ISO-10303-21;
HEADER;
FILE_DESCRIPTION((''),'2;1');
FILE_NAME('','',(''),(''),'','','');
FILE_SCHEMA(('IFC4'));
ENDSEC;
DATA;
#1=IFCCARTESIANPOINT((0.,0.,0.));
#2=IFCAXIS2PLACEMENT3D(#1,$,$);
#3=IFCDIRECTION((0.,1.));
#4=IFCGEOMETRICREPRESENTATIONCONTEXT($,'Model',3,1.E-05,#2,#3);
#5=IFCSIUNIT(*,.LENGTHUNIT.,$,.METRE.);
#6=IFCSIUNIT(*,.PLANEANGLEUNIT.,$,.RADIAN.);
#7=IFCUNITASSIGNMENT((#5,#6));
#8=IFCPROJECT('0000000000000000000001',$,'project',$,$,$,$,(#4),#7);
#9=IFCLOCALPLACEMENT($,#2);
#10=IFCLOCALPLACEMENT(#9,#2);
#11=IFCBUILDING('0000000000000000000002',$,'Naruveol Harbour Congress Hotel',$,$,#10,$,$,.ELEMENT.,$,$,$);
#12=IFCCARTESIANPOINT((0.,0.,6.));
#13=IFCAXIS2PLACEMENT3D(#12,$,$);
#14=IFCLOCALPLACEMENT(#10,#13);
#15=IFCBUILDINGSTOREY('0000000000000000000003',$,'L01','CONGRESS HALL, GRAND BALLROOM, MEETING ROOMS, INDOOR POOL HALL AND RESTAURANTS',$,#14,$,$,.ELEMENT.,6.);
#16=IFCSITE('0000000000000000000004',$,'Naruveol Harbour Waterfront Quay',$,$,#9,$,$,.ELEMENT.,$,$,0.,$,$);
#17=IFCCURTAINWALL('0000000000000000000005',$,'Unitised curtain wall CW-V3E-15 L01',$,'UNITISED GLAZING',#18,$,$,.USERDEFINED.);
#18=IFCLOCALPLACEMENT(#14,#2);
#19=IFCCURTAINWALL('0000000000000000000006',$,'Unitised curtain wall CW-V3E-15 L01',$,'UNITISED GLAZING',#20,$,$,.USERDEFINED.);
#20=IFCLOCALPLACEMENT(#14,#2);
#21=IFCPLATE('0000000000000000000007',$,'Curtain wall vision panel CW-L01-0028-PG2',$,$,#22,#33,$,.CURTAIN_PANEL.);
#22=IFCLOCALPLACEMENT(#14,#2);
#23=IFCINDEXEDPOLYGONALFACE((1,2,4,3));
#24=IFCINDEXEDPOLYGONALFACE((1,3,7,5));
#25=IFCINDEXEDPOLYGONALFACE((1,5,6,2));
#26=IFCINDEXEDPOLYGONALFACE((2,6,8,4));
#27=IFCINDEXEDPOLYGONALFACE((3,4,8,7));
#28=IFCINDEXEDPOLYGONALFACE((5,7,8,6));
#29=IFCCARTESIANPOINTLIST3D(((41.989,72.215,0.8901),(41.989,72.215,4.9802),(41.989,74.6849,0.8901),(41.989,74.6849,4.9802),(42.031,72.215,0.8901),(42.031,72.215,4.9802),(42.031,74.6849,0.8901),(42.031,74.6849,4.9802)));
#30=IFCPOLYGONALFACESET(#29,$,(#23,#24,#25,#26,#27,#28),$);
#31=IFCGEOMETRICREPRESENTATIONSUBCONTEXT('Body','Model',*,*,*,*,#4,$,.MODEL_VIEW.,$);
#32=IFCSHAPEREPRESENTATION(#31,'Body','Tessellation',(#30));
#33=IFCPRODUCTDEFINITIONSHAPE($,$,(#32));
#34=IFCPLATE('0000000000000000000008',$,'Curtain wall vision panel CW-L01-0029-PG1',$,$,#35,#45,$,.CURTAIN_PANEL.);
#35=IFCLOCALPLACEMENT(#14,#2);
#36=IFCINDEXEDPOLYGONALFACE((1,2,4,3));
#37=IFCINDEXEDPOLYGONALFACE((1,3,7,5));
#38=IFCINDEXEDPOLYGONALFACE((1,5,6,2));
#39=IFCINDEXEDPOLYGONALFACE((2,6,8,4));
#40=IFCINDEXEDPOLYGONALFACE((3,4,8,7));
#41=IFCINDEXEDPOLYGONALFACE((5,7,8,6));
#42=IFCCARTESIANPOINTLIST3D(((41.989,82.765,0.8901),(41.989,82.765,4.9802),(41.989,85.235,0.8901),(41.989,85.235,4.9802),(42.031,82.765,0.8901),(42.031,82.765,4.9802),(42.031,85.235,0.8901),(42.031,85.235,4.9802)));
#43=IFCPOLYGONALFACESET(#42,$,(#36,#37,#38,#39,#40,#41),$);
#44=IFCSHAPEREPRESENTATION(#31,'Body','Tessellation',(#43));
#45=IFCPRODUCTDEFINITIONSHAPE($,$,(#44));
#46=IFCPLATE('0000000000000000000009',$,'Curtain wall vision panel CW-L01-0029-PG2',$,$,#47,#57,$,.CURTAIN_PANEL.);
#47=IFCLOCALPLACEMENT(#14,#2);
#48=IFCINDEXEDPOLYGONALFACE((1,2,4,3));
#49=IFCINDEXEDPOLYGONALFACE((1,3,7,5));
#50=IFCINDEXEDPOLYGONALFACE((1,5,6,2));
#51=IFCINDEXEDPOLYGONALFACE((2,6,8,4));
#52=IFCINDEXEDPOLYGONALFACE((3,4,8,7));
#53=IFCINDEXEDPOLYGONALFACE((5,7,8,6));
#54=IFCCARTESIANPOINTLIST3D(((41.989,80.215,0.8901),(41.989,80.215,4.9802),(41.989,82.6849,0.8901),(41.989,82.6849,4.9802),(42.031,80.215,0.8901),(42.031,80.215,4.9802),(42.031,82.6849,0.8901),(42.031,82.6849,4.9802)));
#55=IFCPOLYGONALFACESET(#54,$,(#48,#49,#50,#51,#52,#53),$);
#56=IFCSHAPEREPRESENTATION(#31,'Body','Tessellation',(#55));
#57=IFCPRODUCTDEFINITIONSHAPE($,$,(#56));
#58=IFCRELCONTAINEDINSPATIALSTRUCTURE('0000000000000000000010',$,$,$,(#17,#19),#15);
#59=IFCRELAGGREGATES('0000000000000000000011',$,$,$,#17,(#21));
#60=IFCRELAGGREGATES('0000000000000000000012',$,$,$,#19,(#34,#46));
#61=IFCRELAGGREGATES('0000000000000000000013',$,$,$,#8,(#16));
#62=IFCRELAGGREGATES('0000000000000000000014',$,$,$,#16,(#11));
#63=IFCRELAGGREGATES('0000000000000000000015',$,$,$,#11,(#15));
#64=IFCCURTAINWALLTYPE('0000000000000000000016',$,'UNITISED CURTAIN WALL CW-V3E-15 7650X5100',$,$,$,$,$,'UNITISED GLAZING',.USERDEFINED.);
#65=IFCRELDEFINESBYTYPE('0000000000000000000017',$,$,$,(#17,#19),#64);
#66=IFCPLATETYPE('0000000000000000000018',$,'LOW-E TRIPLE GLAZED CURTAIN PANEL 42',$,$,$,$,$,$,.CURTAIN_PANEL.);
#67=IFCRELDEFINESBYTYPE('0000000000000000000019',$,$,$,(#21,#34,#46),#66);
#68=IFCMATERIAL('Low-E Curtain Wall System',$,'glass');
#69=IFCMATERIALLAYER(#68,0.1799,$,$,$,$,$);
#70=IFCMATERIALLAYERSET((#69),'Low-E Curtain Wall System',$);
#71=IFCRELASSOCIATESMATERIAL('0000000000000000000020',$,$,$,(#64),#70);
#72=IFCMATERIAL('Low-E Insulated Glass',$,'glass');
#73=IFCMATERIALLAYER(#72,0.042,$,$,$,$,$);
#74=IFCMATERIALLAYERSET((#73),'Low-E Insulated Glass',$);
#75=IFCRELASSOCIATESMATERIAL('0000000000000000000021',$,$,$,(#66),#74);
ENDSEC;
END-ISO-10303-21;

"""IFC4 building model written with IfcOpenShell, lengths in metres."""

from ifc_helpers import new_model, si_unit, direction, frame, origin, origin_2d, place, context, subcontext, project, spatial, rectangle, extrude, material, layer, layer_set, type_object, element, aggregate, save


model = new_model("IFC4")

# Units and contexts
model_context = context("Model", 3, precision=1e-05, world=origin(), true_north=direction((0.0, 1.0)))
body_context = subcontext(model_context, "Body", "Model", "MODEL_VIEW")
ifc_project = project(units=[si_unit("LENGTHUNIT", "METRE"), si_unit("PLANEANGLEUNIT", "RADIAN")], contexts=[model_context])

# Site, building, storey
site_placement = place(None, origin())
site = spatial("IfcSite", under=ifc_project, at=site_placement, Name="Naruveol Harbour Waterfront Quay", CompositionType="ELEMENT", RefElevation=0.0)
building_placement = place(site_placement, origin())
building = spatial("IfcBuilding", under=site, at=building_placement, Name="Naruveol Harbour Congress Hotel", CompositionType="ELEMENT")
storey_placement = place(building_placement, frame((0.0, 0.0, 6.0)))
storey = spatial("IfcBuildingStorey", under=building, at=storey_placement, Name="L01", Description="CONGRESS HALL, GRAND BALLROOM, MEETING ROOMS, INDOOR POOL HALL AND RESTAURANTS", CompositionType="ELEMENT", Elevation=6.0)

# Curtain walls
ifc_material_1 = material(Name="Low-E Curtain Wall System", Category="glass")
ifc_layer_1 = layer(ifc_material_1, 0.1799)
ifc_layer_set_1 = layer_set([ifc_layer_1], Name="Low-E Curtain Wall System")
curtain_wall_type_1 = type_object("IfcCurtainWallType", Name="UNITISED CURTAIN WALL CW-V3E-15 7650X5100", ElementType="UNITISED GLAZING", PredefinedType="USERDEFINED", material=ifc_layer_set_1)
curtain_wall_1_placement = place(storey_placement, origin())
curtain_wall_1 = element("IfcCurtainWall", 1, at=curtain_wall_1_placement, inside=storey, type_object=curtain_wall_type_1, Name="Unitised curtain wall CW-V3E-15 L01", ObjectType="UNITISED GLAZING", PredefinedType="USERDEFINED")
curtain_wall_2_placement = place(storey_placement, origin())
curtain_wall_2 = element("IfcCurtainWall", 2, at=curtain_wall_2_placement, inside=storey, type_object=curtain_wall_type_1, Name="Unitised curtain wall CW-V3E-15 L01", ObjectType="UNITISED GLAZING", PredefinedType="USERDEFINED")

# Plates
ifc_material_2 = material(Name="Low-E Insulated Glass", Category="glass")
ifc_layer_2 = layer(ifc_material_2, 0.042)
ifc_layer_set_2 = layer_set([ifc_layer_2], Name="Low-E Insulated Glass")
plate_type_1 = type_object("IfcPlateType", Name="LOW-E TRIPLE GLAZED CURTAIN PANEL 42", PredefinedType="CURTAIN_PANEL", material=ifc_layer_set_2)
plate_1_placement = place(storey_placement, frame((42.01, 73.45, 0.8901), z_axis=(0.0, 0.0, 1.0), x_axis=(0.0, -1.0, 0.0)))
plate_1 = element("IfcPlate", 3, at=plate_1_placement, type_object=plate_type_1, Name="Curtain wall vision panel CW-L01-0028-PG2", PredefinedType="CURTAIN_PANEL", context=body_context, shape_type="SweptSolid", body=[
    extrude(rectangle(XDim=2.47, YDim=0.042, at=origin_2d()), origin(), (0.0, 0.0, 1.0), 4.0901),
])
aggregate(curtain_wall_1, [plate_1])
plate_2_placement = place(storey_placement, frame((42.01, 84.0, 0.8901), z_axis=(0.0, 0.0, 1.0), x_axis=(0.0, -1.0, 0.0)))
plate_2 = element("IfcPlate", 4, at=plate_2_placement, type_object=plate_type_1, Name="Curtain wall vision panel CW-L01-0029-PG1", PredefinedType="CURTAIN_PANEL", context=body_context, shape_type="SweptSolid", body=[
    extrude(rectangle(XDim=2.47, YDim=0.042, at=origin_2d()), origin(), (0.0, 0.0, 1.0), 4.0901),
])
plate_3_placement = place(storey_placement, frame((42.01, 81.45, 0.8901), z_axis=(0.0, 0.0, 1.0), x_axis=(0.0, -1.0, 0.0)))
plate_3 = element("IfcPlate", 5, at=plate_3_placement, type_object=plate_type_1, Name="Curtain wall vision panel CW-L01-0029-PG2", PredefinedType="CURTAIN_PANEL", context=body_context, shape_type="SweptSolid", body=[
    extrude(rectangle(XDim=2.47, YDim=0.042, at=origin_2d()), origin(), (0.0, 0.0, 1.0), 4.0901),
])
aggregate(curtain_wall_2, [plate_2, plate_3])

save(model, "model.ifc")
